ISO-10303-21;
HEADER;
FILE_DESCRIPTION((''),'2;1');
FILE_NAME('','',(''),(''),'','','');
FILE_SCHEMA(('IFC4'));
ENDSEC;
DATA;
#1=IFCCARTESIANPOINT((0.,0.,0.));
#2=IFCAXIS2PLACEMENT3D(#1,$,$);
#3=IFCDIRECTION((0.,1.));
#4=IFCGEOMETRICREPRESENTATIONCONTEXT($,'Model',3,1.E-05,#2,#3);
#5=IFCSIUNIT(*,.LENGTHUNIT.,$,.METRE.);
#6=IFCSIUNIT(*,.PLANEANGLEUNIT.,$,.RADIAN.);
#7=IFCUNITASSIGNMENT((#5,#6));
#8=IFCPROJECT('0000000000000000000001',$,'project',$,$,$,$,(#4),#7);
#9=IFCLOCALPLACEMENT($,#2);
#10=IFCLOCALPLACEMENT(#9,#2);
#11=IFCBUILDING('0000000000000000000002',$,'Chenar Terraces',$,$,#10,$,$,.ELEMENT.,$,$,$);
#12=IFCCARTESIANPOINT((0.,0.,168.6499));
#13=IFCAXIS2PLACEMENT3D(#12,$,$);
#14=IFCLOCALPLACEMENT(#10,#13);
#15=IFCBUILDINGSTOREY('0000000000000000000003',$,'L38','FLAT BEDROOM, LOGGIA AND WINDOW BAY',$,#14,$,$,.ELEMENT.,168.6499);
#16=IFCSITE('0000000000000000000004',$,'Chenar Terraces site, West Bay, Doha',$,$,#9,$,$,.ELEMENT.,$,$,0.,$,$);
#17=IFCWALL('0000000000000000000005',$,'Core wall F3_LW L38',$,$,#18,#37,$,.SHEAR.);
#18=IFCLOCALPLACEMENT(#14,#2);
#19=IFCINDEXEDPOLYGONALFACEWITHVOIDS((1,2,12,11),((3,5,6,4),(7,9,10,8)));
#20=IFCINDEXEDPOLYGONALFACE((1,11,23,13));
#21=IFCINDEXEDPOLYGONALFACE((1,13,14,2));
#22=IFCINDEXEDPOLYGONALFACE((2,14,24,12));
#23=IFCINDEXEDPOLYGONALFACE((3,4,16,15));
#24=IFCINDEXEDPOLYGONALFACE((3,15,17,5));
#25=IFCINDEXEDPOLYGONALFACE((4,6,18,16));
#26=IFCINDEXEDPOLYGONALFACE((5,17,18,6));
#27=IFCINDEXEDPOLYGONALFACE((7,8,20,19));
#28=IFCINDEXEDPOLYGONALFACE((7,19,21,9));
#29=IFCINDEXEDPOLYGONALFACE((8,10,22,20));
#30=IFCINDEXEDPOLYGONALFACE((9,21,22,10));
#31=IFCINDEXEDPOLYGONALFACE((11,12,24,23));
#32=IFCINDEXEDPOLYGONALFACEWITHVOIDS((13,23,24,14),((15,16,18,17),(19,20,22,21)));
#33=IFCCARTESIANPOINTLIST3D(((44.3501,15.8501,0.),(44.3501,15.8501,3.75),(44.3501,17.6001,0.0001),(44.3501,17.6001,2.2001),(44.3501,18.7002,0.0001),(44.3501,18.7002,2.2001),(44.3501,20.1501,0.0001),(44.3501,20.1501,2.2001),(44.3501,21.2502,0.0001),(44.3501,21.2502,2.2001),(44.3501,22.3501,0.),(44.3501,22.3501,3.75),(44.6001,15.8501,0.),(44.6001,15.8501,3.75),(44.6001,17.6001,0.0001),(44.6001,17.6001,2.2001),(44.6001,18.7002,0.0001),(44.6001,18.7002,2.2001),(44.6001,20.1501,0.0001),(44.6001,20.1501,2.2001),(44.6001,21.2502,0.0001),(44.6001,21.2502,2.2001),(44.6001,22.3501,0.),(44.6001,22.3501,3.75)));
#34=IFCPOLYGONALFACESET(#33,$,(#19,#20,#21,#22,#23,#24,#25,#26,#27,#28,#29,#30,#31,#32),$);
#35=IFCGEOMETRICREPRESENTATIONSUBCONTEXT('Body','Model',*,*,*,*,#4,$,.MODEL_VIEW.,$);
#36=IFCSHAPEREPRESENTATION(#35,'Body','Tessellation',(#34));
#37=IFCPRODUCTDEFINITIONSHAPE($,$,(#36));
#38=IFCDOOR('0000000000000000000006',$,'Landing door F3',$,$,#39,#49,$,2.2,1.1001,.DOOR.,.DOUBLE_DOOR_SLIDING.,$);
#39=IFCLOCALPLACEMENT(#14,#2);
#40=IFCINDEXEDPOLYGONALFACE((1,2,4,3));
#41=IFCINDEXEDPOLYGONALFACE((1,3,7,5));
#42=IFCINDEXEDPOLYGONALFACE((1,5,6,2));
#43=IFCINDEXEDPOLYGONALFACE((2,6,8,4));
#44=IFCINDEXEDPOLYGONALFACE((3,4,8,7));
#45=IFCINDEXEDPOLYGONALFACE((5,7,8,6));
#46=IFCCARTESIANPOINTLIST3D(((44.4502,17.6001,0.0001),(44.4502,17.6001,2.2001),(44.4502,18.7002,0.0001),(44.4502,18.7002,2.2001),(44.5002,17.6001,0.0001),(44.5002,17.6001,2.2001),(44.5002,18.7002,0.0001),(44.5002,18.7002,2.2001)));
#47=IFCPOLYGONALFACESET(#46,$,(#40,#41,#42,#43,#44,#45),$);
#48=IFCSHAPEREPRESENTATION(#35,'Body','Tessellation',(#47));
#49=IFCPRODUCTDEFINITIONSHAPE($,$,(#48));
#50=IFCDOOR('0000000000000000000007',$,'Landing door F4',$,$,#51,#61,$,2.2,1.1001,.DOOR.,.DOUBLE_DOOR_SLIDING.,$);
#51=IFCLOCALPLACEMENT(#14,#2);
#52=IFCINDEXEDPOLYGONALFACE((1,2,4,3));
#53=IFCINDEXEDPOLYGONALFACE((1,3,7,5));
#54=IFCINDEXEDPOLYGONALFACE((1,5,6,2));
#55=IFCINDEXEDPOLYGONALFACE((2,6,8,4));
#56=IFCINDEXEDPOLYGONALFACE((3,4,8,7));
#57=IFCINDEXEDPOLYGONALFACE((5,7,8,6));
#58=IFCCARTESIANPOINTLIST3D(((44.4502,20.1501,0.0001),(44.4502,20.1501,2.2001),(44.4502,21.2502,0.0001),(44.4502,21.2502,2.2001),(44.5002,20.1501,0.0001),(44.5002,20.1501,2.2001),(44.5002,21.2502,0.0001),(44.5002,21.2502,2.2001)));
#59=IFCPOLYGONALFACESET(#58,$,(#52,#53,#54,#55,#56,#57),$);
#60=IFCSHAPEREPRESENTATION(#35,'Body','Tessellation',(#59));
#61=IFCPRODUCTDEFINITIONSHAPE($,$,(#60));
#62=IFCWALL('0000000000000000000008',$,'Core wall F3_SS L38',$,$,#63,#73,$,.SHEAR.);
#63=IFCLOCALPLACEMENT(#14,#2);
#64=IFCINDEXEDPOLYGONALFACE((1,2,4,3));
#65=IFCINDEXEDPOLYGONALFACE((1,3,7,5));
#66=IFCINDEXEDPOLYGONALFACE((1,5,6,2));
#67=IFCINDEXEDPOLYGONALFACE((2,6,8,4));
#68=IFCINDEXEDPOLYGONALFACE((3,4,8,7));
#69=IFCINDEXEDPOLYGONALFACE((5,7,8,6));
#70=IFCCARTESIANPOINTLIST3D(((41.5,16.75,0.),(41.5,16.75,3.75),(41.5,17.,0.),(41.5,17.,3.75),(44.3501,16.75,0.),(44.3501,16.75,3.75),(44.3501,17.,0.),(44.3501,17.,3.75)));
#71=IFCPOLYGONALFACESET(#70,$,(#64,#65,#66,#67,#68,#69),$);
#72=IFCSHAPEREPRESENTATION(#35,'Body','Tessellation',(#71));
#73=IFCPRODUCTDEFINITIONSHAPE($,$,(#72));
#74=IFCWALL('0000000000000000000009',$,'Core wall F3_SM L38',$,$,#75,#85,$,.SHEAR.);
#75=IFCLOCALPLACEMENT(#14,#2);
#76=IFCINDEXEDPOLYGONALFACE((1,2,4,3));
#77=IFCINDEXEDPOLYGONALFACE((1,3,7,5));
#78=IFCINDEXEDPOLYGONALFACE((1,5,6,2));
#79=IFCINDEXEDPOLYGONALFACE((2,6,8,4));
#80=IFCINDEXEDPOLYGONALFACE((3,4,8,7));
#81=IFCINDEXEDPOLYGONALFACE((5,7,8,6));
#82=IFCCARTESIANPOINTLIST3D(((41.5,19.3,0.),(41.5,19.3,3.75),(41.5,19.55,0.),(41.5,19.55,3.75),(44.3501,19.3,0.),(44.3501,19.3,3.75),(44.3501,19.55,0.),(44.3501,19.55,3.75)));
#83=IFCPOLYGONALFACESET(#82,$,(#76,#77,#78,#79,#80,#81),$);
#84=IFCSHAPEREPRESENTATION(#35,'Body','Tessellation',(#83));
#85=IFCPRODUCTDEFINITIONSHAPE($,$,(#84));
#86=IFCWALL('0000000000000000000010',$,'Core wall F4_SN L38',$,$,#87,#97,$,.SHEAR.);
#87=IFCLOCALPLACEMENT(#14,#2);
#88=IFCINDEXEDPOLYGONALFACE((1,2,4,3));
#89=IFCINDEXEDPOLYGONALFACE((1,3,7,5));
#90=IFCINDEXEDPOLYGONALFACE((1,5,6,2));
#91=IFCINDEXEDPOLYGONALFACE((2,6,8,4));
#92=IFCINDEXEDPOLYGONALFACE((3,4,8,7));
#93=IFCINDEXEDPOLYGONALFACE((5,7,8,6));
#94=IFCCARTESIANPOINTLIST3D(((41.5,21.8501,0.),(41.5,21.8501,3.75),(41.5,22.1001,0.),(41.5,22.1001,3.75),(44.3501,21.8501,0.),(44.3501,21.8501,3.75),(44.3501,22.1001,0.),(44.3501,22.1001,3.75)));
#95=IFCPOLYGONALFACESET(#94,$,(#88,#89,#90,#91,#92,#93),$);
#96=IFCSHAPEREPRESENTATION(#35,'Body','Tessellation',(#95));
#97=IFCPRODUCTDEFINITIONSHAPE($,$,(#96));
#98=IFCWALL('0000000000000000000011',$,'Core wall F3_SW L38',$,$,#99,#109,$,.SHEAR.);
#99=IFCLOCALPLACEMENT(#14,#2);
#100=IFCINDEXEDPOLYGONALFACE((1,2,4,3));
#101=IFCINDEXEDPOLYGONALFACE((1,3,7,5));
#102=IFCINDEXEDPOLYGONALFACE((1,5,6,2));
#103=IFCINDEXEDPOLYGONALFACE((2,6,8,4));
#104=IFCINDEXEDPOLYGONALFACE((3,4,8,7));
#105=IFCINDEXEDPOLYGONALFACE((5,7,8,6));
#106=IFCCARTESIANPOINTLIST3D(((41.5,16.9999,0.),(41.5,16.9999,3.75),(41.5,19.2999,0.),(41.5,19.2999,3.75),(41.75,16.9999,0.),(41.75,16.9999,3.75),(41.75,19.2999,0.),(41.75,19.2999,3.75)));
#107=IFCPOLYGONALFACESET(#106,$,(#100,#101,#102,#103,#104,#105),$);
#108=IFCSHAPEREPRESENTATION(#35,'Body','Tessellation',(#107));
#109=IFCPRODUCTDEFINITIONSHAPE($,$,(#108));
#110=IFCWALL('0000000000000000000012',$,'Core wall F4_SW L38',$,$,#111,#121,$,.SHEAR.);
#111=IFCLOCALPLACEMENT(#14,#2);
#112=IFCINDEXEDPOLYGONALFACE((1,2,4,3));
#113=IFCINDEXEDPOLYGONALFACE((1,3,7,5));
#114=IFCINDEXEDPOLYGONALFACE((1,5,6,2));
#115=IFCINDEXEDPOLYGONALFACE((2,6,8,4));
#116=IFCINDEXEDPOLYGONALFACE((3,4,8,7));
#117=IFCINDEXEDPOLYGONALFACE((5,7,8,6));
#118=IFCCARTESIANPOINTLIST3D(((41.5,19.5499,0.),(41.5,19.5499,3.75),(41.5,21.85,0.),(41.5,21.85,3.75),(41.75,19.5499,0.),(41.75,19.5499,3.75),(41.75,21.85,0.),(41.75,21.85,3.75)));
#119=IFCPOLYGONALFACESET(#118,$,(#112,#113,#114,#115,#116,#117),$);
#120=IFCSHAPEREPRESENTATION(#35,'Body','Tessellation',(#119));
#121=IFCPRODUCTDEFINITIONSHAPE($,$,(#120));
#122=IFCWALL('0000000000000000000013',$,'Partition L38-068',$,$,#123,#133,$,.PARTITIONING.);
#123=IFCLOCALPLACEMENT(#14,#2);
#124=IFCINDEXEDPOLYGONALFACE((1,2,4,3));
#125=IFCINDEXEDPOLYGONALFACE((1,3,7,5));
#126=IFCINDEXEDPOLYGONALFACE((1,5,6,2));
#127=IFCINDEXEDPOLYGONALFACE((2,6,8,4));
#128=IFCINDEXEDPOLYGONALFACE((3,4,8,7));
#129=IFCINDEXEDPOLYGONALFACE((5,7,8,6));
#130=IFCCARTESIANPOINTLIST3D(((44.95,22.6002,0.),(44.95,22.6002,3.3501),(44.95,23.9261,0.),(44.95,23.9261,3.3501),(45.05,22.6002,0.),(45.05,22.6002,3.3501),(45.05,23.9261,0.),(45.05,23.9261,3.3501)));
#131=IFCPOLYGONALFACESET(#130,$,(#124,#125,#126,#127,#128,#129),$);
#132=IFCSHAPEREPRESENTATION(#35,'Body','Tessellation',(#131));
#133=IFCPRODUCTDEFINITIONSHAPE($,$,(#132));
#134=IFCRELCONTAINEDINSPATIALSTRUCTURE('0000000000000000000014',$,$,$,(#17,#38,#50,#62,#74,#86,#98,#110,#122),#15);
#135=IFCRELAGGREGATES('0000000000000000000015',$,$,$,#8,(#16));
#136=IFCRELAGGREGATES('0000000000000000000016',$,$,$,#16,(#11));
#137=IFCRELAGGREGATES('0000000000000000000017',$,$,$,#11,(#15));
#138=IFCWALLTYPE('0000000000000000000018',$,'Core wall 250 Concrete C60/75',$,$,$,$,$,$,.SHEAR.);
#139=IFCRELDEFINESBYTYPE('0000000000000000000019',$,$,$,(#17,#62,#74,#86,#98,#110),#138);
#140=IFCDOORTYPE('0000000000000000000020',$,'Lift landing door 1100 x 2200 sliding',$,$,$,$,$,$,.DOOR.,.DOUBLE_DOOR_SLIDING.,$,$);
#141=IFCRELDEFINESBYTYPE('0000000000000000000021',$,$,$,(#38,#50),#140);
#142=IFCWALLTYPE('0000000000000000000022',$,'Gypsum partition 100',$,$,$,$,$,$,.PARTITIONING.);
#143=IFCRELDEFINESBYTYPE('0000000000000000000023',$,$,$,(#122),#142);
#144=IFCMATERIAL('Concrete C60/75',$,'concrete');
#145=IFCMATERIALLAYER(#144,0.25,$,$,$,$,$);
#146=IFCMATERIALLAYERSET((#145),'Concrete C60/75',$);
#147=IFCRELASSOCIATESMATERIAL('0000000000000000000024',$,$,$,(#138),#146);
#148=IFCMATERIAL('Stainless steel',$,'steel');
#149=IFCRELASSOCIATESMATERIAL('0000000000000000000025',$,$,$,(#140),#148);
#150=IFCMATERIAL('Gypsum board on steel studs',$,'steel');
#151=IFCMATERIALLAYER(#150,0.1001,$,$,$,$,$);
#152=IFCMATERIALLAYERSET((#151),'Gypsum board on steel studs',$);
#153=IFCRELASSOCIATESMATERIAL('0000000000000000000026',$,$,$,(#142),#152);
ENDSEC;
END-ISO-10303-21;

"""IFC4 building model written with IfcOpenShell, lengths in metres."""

from ifc_helpers import new_model, si_unit, direction, frame, frame_2d, origin, place, context, subcontext, project, spatial, rectangle, extrude, material, layer, layer_set, type_object, element, fill, save


model = new_model("IFC4")

# Units and contexts
model_context = context("Model", 3, precision=1e-05, world=origin(), true_north=direction((0.0, 1.0)))
body_context = subcontext(model_context, "Body", "Model", "MODEL_VIEW")
ifc_project = project(units=[si_unit("LENGTHUNIT", "METRE"), si_unit("PLANEANGLEUNIT", "RADIAN")], contexts=[model_context])

# Site, building, storey
site_placement = place(None, origin())
site = spatial("IfcSite", under=ifc_project, at=site_placement, Name="Chenar Terraces site, West Bay, Doha", CompositionType="ELEMENT", RefElevation=0.0)
building_placement = place(site_placement, origin())
building = spatial("IfcBuilding", under=site, at=building_placement, Name="Chenar Terraces", CompositionType="ELEMENT")
storey_placement = place(building_placement, frame((0.0, 0.0, 168.6499)))
storey = spatial("IfcBuildingStorey", under=building, at=storey_placement, Name="L38", Description="FLAT BEDROOM, LOGGIA AND WINDOW BAY", CompositionType="ELEMENT", Elevation=168.6499)

# Shared definitions
ifc_material_1 = material(Name="Concrete C60/75", Category="concrete")
ifc_layer_1 = layer(ifc_material_1, 0.25)
ifc_layer_set_1 = layer_set([ifc_layer_1], Name="Concrete C60/75")
wall_type_1 = type_object("IfcWallType", Name="Core wall 250 Concrete C60/75", PredefinedType="SHEAR", material=ifc_layer_set_1)

# Wall, openings, doors
wall_1_placement = place(storey_placement, frame((44.4751, 15.8501, 0.0), z_axis=(0.0, 0.0, 1.0), x_axis=(0.0, 1.0, 0.0)))
wall_1 = element("IfcWall", 1, at=wall_1_placement, inside=storey, type_object=wall_type_1, Name="Core wall F3_LW L38", PredefinedType="SHEAR", context=body_context, shape_type="SweptSolid", body=[
    extrude(rectangle(XDim=6.5, YDim=0.25, at=frame_2d((3.25, 0.0))), origin(), (0.0, 0.0, 1.0), 3.75),
])
opening_1_placement = place(wall_1_placement, frame((1.75, 0.0, 0.0)))
opening_1 = element("IfcOpeningElement", 2, at=opening_1_placement, cuts=wall_1, PredefinedType="OPENING", context=body_context, shape_type="SweptSolid", body=[
    extrude(rectangle(XDim=1.1001, YDim=2.2, at=frame_2d((0.55, 1.1001))), frame((0.0, 0.135, 0.0), z_axis=(0.0, -1.0, 0.0), x_axis=(1.0, 0.0, 0.0)), (0.0, 0.0, 1.0), 0.27),
])
opening_2_placement = place(wall_1_placement, frame((4.3, 0.0, 0.0)))
opening_2 = element("IfcOpeningElement", 3, at=opening_2_placement, cuts=wall_1, PredefinedType="OPENING", context=body_context, shape_type="SweptSolid", body=[
    extrude(rectangle(XDim=1.1001, YDim=2.2, at=frame_2d((0.55, 1.1001))), frame((0.0, 0.135, 0.0), z_axis=(0.0, -1.0, 0.0), x_axis=(1.0, 0.0, 0.0)), (0.0, 0.0, 1.0), 0.27),
])
ifc_material_2 = material(Name="Stainless steel", Category="steel")
door_type_1 = type_object("IfcDoorType", Name="Lift landing door 1100 x 2200 sliding", OperationType="DOUBLE_DOOR_SLIDING", PredefinedType="DOOR", material=ifc_material_2)
door_1_placement = place(opening_1_placement, origin())
door_1 = element("IfcDoor", 4, at=door_1_placement, inside=storey, type_object=door_type_1, Name="Landing door F3", OperationType="DOUBLE_DOOR_SLIDING", OverallHeight=2.2, OverallWidth=1.1001, PredefinedType="DOOR", context=body_context, shape_type="SweptSolid", body=[
    extrude(rectangle(XDim=1.1001, YDim=2.2, at=frame_2d((0.55, 1.1001))), frame((0.0, 0.0249, 0.0), z_axis=(0.0, -1.0, 0.0), x_axis=(1.0, 0.0, 0.0)), (0.0, 0.0, 1.0), 0.05),
])
fill(opening_1, door_1)
door_2_placement = place(opening_2_placement, origin())
door_2 = element("IfcDoor", 5, at=door_2_placement, inside=storey, type_object=door_type_1, Name="Landing door F4", OperationType="DOUBLE_DOOR_SLIDING", OverallHeight=2.2, OverallWidth=1.1001, PredefinedType="DOOR", context=body_context, shape_type="SweptSolid", body=[
    extrude(rectangle(XDim=1.1001, YDim=2.2, at=frame_2d((0.55, 1.1001))), frame((0.0, 0.0249, 0.0), z_axis=(0.0, -1.0, 0.0), x_axis=(1.0, 0.0, 0.0)), (0.0, 0.0, 1.0), 0.05),
])
fill(opening_2, door_2)

# Walls
for number, where, z_axis, x_axis, name in (
    (6, (41.5, 16.875, 0.0), (0.0, 0.0, 1.0), (1.0, 0.0, 0.0), "Core wall F3_SS L38"),
    (7, (41.5, 19.425, 0.0), (0.0, 0.0, 1.0), (1.0, 0.0, 0.0), "Core wall F3_SM L38"),
    (8, (41.5, 21.9751, 0.0), (0.0, 0.0, 1.0), (1.0, 0.0, 0.0), "Core wall F4_SN L38"),
):
    element("IfcWall", number, at=place(storey_placement, frame(where, z_axis=z_axis, x_axis=x_axis)), inside=storey, type_object=wall_type_1, Name=name, PredefinedType="SHEAR", context=body_context, shape_type="SweptSolid", body=[
        extrude(rectangle(XDim=2.8501, YDim=0.25, at=frame_2d((1.425, 0.0))), origin(), (0.0, 0.0, 1.0), 3.75),
    ])
for number, where, z_axis, x_axis, name in (
    (9, (41.625, 17.0, 0.0), (0.0, 0.0, 1.0), (0.0, 1.0, 0.0), "Core wall F3_SW L38"),
    (10, (41.625, 19.55, 0.0), (0.0, 0.0, 1.0), (0.0, 1.0, 0.0), "Core wall F4_SW L38"),
):
    element("IfcWall", number, at=place(storey_placement, frame(where, z_axis=z_axis, x_axis=x_axis)), inside=storey, type_object=wall_type_1, Name=name, PredefinedType="SHEAR", context=body_context, shape_type="SweptSolid", body=[
        extrude(rectangle(XDim=2.3, YDim=0.25, at=frame_2d((1.1499, 0.0))), origin(), (0.0, 0.0, 1.0), 3.75),
    ])
ifc_material_3 = material(Name="Gypsum board on steel studs", Category="steel")
ifc_layer_2 = layer(ifc_material_3, 0.1001)
ifc_layer_set_2 = layer_set([ifc_layer_2], Name="Gypsum board on steel studs")
wall_type_2 = type_object("IfcWallType", Name="Gypsum partition 100", PredefinedType="PARTITIONING", material=ifc_layer_set_2)
wall_2_placement = place(storey_placement, frame((45.0, 22.6001, 0.0), z_axis=(0.0, 0.0, 1.0), x_axis=(0.0, 1.0, 0.0)))
element("IfcWall", 11, at=wall_2_placement, inside=storey, type_object=wall_type_2, Name="Partition L38-068", PredefinedType="PARTITIONING", context=body_context, shape_type="SweptSolid", body=[
    extrude(rectangle(XDim=1.3259, YDim=0.1001, at=frame_2d((0.6631, 0.0))), origin(), (0.0, 0.0, 1.0), 3.3501),
])

save(model, "model.ifc")
